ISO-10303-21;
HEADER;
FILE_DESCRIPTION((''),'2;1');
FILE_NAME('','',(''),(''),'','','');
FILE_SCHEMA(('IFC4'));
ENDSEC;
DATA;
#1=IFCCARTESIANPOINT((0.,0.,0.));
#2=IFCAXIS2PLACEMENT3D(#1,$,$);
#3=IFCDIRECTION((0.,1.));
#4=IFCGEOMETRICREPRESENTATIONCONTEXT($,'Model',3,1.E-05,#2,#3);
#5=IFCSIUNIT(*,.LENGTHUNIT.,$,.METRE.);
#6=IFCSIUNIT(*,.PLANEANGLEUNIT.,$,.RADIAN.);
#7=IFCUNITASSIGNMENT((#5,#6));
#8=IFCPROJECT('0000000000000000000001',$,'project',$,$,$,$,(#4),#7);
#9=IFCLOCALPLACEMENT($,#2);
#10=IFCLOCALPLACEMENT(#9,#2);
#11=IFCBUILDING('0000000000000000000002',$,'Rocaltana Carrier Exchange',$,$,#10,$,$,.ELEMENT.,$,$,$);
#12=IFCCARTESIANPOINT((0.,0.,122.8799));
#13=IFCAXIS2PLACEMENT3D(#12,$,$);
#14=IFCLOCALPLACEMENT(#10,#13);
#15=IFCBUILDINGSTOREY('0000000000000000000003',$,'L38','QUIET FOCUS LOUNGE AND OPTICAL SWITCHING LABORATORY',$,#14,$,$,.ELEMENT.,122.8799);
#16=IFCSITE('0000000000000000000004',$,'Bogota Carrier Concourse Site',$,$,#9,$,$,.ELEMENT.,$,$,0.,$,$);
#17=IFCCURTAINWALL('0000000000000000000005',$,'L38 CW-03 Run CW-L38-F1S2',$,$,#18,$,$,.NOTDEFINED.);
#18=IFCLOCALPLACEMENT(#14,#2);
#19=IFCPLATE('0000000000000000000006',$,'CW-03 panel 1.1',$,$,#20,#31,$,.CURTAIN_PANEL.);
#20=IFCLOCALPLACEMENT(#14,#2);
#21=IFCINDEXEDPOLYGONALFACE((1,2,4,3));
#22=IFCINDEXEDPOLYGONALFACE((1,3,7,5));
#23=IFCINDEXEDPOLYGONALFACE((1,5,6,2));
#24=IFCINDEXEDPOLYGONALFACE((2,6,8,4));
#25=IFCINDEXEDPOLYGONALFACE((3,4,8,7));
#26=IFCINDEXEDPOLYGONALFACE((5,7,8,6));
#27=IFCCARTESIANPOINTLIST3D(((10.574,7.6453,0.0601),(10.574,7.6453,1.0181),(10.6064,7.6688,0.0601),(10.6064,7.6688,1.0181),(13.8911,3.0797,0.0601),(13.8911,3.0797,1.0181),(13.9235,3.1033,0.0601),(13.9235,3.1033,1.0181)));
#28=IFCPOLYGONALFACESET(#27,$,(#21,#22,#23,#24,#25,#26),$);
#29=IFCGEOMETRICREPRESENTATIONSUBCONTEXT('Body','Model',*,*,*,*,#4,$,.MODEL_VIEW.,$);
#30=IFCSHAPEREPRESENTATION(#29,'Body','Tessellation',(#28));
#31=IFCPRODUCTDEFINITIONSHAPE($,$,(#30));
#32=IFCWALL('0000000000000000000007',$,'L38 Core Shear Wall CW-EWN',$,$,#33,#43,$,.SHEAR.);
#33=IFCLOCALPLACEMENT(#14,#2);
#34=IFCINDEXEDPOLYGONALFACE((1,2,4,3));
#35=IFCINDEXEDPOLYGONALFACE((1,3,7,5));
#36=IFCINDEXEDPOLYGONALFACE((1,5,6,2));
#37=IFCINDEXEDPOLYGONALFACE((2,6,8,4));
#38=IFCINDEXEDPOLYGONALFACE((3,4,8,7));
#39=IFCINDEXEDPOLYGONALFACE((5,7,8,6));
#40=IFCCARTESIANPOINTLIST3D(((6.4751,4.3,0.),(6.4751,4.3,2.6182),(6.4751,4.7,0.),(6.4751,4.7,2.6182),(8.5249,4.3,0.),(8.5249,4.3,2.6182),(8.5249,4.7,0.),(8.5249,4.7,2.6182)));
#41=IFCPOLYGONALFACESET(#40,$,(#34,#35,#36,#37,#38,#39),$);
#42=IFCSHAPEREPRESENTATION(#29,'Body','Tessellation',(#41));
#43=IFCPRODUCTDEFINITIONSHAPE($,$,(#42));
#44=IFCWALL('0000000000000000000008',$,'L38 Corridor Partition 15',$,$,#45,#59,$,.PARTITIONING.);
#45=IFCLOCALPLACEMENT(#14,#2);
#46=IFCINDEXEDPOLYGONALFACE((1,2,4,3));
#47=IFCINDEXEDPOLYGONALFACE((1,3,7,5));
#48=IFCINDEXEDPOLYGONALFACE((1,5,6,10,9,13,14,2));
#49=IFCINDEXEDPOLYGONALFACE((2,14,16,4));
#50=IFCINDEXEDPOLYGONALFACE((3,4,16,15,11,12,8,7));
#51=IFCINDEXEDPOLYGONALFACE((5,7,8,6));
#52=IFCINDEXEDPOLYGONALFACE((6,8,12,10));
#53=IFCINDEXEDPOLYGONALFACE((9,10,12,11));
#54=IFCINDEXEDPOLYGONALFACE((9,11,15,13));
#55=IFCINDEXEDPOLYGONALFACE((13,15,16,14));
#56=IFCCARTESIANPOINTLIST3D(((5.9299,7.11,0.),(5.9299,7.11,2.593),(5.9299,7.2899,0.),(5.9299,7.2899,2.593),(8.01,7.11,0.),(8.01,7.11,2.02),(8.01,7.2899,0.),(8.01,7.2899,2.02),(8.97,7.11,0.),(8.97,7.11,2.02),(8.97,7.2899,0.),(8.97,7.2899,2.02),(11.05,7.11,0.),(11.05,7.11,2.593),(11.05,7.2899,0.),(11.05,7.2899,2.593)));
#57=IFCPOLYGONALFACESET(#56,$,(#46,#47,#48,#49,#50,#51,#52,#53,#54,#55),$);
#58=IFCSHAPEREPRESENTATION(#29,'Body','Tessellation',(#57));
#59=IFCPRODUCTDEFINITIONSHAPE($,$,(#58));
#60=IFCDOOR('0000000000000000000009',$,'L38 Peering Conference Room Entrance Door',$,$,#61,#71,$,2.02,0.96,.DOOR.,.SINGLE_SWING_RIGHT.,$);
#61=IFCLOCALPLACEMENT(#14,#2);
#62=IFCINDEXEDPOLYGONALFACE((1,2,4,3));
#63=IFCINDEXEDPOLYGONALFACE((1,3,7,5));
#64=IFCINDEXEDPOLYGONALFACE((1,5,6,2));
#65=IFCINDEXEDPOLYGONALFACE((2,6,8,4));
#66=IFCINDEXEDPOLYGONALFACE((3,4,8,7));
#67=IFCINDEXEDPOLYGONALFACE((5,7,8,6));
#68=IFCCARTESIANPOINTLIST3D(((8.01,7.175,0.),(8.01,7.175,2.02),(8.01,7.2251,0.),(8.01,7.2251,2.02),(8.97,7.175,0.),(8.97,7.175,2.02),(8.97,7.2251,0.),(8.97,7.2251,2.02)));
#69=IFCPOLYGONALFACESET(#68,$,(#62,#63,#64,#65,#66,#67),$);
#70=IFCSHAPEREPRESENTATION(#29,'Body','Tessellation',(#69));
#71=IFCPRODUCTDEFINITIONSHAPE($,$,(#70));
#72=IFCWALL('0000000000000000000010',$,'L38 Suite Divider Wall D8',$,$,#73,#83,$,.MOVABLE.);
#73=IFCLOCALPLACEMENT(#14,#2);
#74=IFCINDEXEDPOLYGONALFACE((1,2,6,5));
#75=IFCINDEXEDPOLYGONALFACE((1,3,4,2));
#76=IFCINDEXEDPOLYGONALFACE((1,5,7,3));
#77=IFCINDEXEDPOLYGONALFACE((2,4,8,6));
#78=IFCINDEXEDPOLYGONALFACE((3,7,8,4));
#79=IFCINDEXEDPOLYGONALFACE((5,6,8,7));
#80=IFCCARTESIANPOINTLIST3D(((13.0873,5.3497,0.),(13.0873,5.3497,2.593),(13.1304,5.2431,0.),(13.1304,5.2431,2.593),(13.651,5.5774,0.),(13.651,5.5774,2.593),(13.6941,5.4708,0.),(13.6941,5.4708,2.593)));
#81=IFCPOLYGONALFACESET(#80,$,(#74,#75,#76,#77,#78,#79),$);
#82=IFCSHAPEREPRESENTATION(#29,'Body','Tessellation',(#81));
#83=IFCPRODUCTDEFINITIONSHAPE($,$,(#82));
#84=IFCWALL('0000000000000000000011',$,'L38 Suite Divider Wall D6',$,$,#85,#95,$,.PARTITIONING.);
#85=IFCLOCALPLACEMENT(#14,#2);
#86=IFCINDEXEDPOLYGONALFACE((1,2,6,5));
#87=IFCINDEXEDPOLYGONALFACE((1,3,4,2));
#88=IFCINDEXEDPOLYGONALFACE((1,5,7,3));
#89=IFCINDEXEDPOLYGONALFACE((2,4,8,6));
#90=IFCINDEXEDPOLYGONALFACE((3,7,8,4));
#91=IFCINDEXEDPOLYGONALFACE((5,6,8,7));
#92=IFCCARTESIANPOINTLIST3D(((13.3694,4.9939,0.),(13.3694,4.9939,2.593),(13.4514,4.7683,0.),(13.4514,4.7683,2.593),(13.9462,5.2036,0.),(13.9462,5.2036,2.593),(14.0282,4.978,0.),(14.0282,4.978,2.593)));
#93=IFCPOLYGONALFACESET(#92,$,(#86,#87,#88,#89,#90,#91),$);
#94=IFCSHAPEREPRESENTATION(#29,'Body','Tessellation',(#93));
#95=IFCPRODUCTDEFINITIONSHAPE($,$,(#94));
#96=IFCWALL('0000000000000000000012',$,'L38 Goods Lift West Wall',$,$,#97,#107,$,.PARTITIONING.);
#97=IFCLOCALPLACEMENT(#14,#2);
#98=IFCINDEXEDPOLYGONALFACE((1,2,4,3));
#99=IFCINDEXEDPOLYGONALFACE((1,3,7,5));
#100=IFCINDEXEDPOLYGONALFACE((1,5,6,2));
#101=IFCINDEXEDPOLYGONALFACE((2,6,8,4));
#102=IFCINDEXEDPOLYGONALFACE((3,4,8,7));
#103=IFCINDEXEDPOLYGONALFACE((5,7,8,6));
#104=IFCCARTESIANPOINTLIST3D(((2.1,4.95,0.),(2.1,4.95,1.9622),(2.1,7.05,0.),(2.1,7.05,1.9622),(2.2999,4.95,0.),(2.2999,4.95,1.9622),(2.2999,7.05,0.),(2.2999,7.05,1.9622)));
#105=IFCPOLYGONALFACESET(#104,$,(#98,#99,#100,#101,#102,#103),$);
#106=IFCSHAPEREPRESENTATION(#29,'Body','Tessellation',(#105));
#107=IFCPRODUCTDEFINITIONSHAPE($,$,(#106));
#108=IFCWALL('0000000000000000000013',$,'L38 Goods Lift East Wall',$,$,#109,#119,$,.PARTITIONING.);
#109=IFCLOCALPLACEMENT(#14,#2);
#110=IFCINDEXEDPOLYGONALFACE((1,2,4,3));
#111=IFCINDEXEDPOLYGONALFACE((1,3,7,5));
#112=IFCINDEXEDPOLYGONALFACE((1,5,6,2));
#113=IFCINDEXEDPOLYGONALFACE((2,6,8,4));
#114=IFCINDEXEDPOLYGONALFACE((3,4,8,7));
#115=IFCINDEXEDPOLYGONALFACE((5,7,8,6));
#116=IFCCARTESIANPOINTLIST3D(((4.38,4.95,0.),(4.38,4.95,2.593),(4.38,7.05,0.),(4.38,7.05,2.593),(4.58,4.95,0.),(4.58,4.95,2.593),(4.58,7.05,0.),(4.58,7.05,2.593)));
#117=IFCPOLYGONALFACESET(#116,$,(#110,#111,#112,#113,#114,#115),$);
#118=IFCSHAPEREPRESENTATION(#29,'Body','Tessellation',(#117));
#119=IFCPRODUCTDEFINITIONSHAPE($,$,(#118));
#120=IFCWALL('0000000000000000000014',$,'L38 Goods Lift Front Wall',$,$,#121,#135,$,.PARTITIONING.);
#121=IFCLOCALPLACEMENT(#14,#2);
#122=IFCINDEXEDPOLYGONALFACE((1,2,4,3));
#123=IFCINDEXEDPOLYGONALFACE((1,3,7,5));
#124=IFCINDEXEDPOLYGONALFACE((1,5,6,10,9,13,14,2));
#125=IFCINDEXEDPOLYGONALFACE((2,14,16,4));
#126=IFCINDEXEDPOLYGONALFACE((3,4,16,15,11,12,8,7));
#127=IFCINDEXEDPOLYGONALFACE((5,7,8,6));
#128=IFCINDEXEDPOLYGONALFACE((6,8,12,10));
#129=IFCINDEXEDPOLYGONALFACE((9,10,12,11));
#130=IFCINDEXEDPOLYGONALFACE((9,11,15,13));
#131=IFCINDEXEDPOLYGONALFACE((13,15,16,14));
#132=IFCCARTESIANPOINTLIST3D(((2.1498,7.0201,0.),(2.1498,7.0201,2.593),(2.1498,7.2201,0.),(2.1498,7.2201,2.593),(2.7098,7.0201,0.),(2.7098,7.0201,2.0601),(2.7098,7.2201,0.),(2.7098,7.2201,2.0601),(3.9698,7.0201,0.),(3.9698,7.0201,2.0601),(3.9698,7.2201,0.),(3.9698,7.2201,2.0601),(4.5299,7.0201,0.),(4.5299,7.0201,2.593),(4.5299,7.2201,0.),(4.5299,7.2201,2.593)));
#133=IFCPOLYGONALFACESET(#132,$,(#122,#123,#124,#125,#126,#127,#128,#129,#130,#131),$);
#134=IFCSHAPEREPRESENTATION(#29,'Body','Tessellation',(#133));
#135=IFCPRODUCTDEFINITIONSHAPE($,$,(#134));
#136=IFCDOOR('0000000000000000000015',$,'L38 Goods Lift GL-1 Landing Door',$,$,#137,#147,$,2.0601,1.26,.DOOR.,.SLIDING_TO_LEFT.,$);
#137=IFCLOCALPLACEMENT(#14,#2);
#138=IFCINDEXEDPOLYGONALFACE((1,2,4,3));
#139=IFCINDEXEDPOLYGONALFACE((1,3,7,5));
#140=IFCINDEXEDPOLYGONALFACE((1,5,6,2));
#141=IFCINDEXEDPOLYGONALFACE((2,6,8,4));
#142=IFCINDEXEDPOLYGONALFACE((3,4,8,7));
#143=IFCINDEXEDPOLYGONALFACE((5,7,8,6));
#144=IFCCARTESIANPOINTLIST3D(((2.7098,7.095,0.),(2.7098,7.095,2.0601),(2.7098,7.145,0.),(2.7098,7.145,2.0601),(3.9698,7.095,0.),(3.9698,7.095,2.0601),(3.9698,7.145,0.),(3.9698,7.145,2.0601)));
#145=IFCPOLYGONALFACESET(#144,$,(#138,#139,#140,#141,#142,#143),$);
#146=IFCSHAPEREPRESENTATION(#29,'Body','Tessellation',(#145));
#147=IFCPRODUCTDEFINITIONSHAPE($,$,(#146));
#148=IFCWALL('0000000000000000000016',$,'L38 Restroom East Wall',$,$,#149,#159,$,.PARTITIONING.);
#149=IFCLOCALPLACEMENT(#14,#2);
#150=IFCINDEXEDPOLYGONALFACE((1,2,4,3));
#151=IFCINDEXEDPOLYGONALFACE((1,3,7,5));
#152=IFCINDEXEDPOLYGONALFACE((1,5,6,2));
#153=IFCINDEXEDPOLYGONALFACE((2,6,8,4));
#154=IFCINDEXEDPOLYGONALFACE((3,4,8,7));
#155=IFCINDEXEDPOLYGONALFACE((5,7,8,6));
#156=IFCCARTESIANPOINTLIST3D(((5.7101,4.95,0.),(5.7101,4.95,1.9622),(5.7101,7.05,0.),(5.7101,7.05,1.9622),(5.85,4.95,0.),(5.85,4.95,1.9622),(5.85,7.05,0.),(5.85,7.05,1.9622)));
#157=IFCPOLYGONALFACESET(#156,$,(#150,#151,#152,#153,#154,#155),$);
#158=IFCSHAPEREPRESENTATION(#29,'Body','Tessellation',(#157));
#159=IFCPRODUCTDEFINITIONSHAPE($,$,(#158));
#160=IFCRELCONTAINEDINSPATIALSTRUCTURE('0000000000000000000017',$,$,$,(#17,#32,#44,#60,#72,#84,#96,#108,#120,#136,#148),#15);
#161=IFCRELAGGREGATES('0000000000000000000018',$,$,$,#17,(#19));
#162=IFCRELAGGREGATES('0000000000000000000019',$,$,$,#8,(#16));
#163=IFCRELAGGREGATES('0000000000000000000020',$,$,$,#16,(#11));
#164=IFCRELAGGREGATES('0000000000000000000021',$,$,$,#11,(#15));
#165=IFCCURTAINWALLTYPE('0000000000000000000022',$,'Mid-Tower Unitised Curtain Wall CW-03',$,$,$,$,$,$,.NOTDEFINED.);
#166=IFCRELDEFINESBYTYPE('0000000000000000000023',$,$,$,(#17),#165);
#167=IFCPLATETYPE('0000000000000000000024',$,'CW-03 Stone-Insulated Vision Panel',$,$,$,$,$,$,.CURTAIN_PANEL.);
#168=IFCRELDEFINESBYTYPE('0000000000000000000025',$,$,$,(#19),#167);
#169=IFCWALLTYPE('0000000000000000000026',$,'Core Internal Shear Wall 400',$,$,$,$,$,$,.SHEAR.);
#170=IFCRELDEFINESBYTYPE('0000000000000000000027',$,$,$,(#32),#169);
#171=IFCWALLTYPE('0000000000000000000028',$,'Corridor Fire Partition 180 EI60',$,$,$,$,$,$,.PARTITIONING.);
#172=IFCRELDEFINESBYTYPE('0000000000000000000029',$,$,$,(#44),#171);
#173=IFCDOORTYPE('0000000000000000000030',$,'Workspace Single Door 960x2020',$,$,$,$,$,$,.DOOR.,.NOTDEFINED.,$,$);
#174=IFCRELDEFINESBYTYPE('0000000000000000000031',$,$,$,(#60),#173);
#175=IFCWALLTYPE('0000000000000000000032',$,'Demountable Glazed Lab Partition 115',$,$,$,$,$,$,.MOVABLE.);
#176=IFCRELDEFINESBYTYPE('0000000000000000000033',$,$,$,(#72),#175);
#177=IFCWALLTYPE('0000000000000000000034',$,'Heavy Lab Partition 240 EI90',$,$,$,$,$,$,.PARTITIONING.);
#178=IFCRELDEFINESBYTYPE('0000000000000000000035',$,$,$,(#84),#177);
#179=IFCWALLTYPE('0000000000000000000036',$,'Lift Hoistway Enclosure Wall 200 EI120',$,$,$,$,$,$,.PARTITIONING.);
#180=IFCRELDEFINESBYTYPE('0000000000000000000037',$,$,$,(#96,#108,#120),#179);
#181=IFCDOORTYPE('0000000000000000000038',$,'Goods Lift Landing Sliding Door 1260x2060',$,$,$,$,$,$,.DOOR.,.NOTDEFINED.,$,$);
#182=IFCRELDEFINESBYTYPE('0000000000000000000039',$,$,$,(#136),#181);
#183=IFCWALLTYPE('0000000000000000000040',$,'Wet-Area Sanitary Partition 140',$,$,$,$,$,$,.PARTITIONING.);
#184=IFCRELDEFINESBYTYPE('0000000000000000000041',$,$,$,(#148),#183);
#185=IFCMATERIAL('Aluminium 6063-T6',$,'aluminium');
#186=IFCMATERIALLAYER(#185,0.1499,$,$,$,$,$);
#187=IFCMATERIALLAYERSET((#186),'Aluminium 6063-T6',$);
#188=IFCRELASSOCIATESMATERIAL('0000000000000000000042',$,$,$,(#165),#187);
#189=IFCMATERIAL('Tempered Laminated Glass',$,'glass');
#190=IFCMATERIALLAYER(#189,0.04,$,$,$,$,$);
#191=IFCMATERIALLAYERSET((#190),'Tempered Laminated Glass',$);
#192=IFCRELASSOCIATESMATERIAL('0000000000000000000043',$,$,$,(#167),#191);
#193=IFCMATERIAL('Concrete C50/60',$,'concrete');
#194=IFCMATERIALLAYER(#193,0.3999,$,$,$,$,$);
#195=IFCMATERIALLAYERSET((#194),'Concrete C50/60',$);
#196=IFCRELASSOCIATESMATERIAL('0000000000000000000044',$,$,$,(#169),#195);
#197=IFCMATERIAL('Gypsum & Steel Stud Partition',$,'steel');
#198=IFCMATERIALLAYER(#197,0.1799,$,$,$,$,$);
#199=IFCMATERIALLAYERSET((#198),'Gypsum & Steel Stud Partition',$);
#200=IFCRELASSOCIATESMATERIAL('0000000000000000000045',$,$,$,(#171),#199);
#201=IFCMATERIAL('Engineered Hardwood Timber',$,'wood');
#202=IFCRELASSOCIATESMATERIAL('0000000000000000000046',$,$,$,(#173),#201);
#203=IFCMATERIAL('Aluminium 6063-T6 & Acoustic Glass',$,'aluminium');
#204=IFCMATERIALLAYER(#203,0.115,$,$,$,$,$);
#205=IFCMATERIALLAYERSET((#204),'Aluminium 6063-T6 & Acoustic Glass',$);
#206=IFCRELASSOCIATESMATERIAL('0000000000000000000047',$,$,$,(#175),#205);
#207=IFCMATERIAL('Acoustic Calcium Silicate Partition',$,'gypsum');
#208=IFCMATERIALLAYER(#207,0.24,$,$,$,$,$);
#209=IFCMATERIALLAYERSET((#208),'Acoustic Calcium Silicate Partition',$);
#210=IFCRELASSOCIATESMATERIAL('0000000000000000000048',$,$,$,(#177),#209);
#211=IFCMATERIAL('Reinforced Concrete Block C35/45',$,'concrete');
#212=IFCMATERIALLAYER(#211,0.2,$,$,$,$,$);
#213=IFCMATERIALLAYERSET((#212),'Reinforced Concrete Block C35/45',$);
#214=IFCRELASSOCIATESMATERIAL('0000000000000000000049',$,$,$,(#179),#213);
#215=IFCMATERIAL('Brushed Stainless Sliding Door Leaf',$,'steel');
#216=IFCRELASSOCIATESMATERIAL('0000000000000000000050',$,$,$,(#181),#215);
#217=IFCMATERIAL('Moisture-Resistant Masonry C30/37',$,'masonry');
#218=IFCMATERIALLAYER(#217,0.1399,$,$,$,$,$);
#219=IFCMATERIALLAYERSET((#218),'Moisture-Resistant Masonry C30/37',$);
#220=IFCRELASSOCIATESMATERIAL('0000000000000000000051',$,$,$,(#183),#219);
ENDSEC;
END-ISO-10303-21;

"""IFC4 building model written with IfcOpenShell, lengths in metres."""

from ifc_helpers import new_model, si_unit, direction, frame, frame_2d, origin, origin_2d, place, context, subcontext, project, spatial, rectangle, extrude, material, layer, layer_set, type_object, element, fill, aggregate, save


model = new_model("IFC4")

# Units and contexts
model_context = context("Model", 3, precision=1e-05, world=origin(), true_north=direction((0.0, 1.0)))
body_context = subcontext(model_context, "Body", "Model", "MODEL_VIEW")
ifc_project = project(units=[si_unit("LENGTHUNIT", "METRE"), si_unit("PLANEANGLEUNIT", "RADIAN")], contexts=[model_context])

# Site, building, storey
site_placement = place(None, origin())
site = spatial("IfcSite", under=ifc_project, at=site_placement, Name="Bogota Carrier Concourse Site", CompositionType="ELEMENT", RefElevation=0.0)
building_placement = place(site_placement, origin())
building = spatial("IfcBuilding", under=site, at=building_placement, Name="Rocaltana Carrier Exchange", CompositionType="ELEMENT")
storey_placement = place(building_placement, frame((0.0, 0.0, 122.8799)))
storey = spatial("IfcBuildingStorey", under=building, at=storey_placement, Name="L38", Description="QUIET FOCUS LOUNGE AND OPTICAL SWITCHING LABORATORY", CompositionType="ELEMENT", Elevation=122.8799)

# Curtain wall
ifc_material_1 = material(Name="Aluminium 6063-T6", Category="aluminium")
ifc_layer_1 = layer(ifc_material_1, 0.1499)
ifc_layer_set_1 = layer_set([ifc_layer_1], Name="Aluminium 6063-T6")
curtain_wall_type = type_object("IfcCurtainWallType", Name="Mid-Tower Unitised Curtain Wall CW-03", PredefinedType="NOTDEFINED", material=ifc_layer_set_1)
curtain_wall_placement = place(storey_placement, origin())
curtain_wall = element("IfcCurtainWall", 1, at=curtain_wall_placement, inside=storey, type_object=curtain_wall_type, Name="L38 CW-03 Run CW-L38-F1S2", PredefinedType="NOTDEFINED")

# Plate
ifc_material_2 = material(Name="Tempered Laminated Glass", Category="glass")
ifc_layer_2 = layer(ifc_material_2, 0.04)
ifc_layer_set_2 = layer_set([ifc_layer_2], Name="Tempered Laminated Glass")
plate_type = type_object("IfcPlateType", Name="CW-03 Stone-Insulated Vision Panel", PredefinedType="CURTAIN_PANEL", material=ifc_layer_set_2)
plate_placement = place(storey_placement, frame((12.2488, 5.3743, 0.0601), z_axis=(0.0, 0.0, 1.0), x_axis=(-0.58779, 0.809014, 0.0)))
plate = element("IfcPlate", 2, at=plate_placement, type_object=plate_type, Name="CW-03 panel 1.1", PredefinedType="CURTAIN_PANEL", context=body_context, shape_type="SweptSolid", body=[
    extrude(rectangle(XDim=5.6433, YDim=0.04, at=origin_2d()), origin(), (0.0, 0.0, 1.0), 0.958),
])
aggregate(curtain_wall, [plate])

# Wall
ifc_material_3 = material(Name="Concrete C50/60", Category="concrete")
ifc_layer_3 = layer(ifc_material_3, 0.3999)
ifc_layer_set_3 = layer_set([ifc_layer_3], Name="Concrete C50/60")
wall_type_1 = type_object("IfcWallType", Name="Core Internal Shear Wall 400", PredefinedType="SHEAR", material=ifc_layer_set_3)
wall_1_placement = place(storey_placement, frame((6.4751, 4.5, 0.0), z_axis=(0.0, 0.0, 1.0), x_axis=(1.0, 0.0, 0.0)))
element("IfcWall", 3, at=wall_1_placement, inside=storey, type_object=wall_type_1, Name="L38 Core Shear Wall CW-EWN", PredefinedType="SHEAR", context=body_context, shape_type="SweptSolid", body=[
    extrude(rectangle(XDim=2.0498, YDim=0.3999, at=frame_2d((1.0249, 0.0))), origin(), (0.0, 0.0, 1.0), 2.6182),
])

# Wall, opening, door
ifc_material_4 = material(Name="Gypsum & Steel Stud Partition", Category="steel")
ifc_layer_4 = layer(ifc_material_4, 0.1799)
ifc_layer_set_4 = layer_set([ifc_layer_4], Name="Gypsum & Steel Stud Partition")
wall_type_2 = type_object("IfcWallType", Name="Corridor Fire Partition 180 EI60", PredefinedType="PARTITIONING", material=ifc_layer_set_4)
wall_2_placement = place(storey_placement, frame((11.05, 7.2, 0.0), z_axis=(0.0, 0.0, 1.0), x_axis=(-1.0, 0.0, 0.0)))
wall_2 = element("IfcWall", 4, at=wall_2_placement, inside=storey, type_object=wall_type_2, Name="L38 Corridor Partition 15", PredefinedType="PARTITIONING", context=body_context, shape_type="SweptSolid", body=[
    extrude(rectangle(XDim=5.1201, YDim=0.1799, at=frame_2d((2.5601, 0.0))), origin(), (0.0, 0.0, 1.0), 2.593),
])
opening_1_placement = place(wall_2_placement, frame((2.0801, 0.0, 0.0)))
opening_1 = element("IfcOpeningElement", 5, at=opening_1_placement, cuts=wall_2, PredefinedType="OPENING", context=body_context, shape_type="SweptSolid", body=[
    extrude(rectangle(XDim=0.96, YDim=2.02, at=frame_2d((0.48, 1.01))), frame((0.0, 0.0999, 0.0), z_axis=(0.0, -1.0, 0.0), x_axis=(1.0, 0.0, 0.0)), (0.0, 0.0, 1.0), 0.2),
])
ifc_material_5 = material(Name="Engineered Hardwood Timber", Category="wood")
door_type_1 = type_object("IfcDoorType", Name="Workspace Single Door 960x2020", OperationType="NOTDEFINED", PredefinedType="DOOR", material=ifc_material_5)
door_1_placement = place(opening_1_placement, origin())
door_1 = element("IfcDoor", 6, at=door_1_placement, inside=storey, type_object=door_type_1, Name="L38 Peering Conference Room Entrance Door", OperationType="SINGLE_SWING_RIGHT", OverallHeight=2.02, OverallWidth=0.96, PredefinedType="DOOR", context=body_context, shape_type="SweptSolid", body=[
    extrude(rectangle(XDim=0.96, YDim=2.02, at=frame_2d((0.48, 1.01))), frame((0.0, 0.0249, 0.0), z_axis=(0.0, -1.0, 0.0), x_axis=(1.0, 0.0, 0.0)), (0.0, 0.0, 1.0), 0.05),
])
fill(opening_1, door_1)

# Walls
ifc_material_6 = material(Name="Aluminium 6063-T6 & Acoustic Glass", Category="aluminium")
ifc_layer_5 = layer(ifc_material_6, 0.115)
ifc_layer_set_5 = layer_set([ifc_layer_5], Name="Aluminium 6063-T6 & Acoustic Glass")
wall_type_3 = type_object("IfcWallType", Name="Demountable Glazed Lab Partition 115", PredefinedType="MOVABLE", material=ifc_layer_set_5)
wall_3_placement = place(storey_placement, frame((13.1089, 5.2964, 0.0), z_axis=(0.0, 0.0, 1.0), x_axis=(0.927169, 0.374642, 0.0)))
element("IfcWall", 7, at=wall_3_placement, inside=storey, type_object=wall_type_3, Name="L38 Suite Divider Wall D8", PredefinedType="MOVABLE", context=body_context, shape_type="SweptSolid", body=[
    extrude(rectangle(XDim=0.6079, YDim=0.115, at=frame_2d((0.304, 0.0))), origin(), (0.0, 0.0, 1.0), 2.593),
])
ifc_material_7 = material(Name="Acoustic Calcium Silicate Partition", Category="gypsum")
ifc_layer_6 = layer(ifc_material_7, 0.24)
ifc_layer_set_6 = layer_set([ifc_layer_6], Name="Acoustic Calcium Silicate Partition")
wall_type_4 = type_object("IfcWallType", Name="Heavy Lab Partition 240 EI90", PredefinedType="PARTITIONING", material=ifc_layer_set_6)
wall_4_placement = place(storey_placement, frame((13.4104, 4.8811, 0.0), z_axis=(0.0, 0.0, 1.0), x_axis=(0.939828, 0.341647, 0.0)))
element("IfcWall", 8, at=wall_4_placement, inside=storey, type_object=wall_type_4, Name="L38 Suite Divider Wall D6", PredefinedType="PARTITIONING", context=body_context, shape_type="SweptSolid", body=[
    extrude(rectangle(XDim=0.6138, YDim=0.24, at=frame_2d((0.3069, 0.0))), origin(), (0.0, 0.0, 1.0), 2.593),
])
ifc_material_8 = material(Name="Reinforced Concrete Block C35/45", Category="concrete")
ifc_layer_7 = layer(ifc_material_8, 0.2)
ifc_layer_set_7 = layer_set([ifc_layer_7], Name="Reinforced Concrete Block C35/45")
wall_type_5 = type_object("IfcWallType", Name="Lift Hoistway Enclosure Wall 200 EI120", PredefinedType="PARTITIONING", material=ifc_layer_set_7)
wall_5_placement = place(storey_placement, frame((2.2, 4.95, 0.0), z_axis=(0.0, 0.0, 1.0), x_axis=(0.0, 1.0, 0.0)))
element("IfcWall", 9, at=wall_5_placement, inside=storey, type_object=wall_type_5, Name="L38 Goods Lift West Wall", PredefinedType="PARTITIONING", context=body_context, shape_type="SweptSolid", body=[
    extrude(rectangle(XDim=2.1001, YDim=0.2, at=frame_2d((1.05, 0.0))), origin(), (0.0, 0.0, 1.0), 1.9622),
])
wall_6_placement = place(storey_placement, frame((4.48, 4.95, 0.0), z_axis=(0.0, 0.0, 1.0), x_axis=(0.0, 1.0, 0.0)))
element("IfcWall", 10, at=wall_6_placement, inside=storey, type_object=wall_type_5, Name="L38 Goods Lift East Wall", PredefinedType="PARTITIONING", context=body_context, shape_type="SweptSolid", body=[
    extrude(rectangle(XDim=2.1001, YDim=0.2, at=frame_2d((1.05, 0.0))), origin(), (0.0, 0.0, 1.0), 2.593),
])

# Wall, opening, door
wall_7_placement = place(storey_placement, frame((2.1499, 7.1201, 0.0), z_axis=(0.0, 0.0, 1.0), x_axis=(1.0, 0.0, 0.0)))
wall_7 = element("IfcWall", 11, at=wall_7_placement, inside=storey, type_object=wall_type_5, Name="L38 Goods Lift Front Wall", PredefinedType="PARTITIONING", context=body_context, shape_type="SweptSolid", body=[
    extrude(rectangle(XDim=2.3801, YDim=0.2, at=frame_2d((1.1899, 0.0))), origin(), (0.0, 0.0, 1.0), 2.593),
])
opening_2_placement = place(wall_7_placement, frame((0.5601, 0.0, 0.0)))
opening_2 = element("IfcOpeningElement", 12, at=opening_2_placement, cuts=wall_7, PredefinedType="OPENING", context=body_context, shape_type="SweptSolid", body=[
    extrude(rectangle(XDim=1.26, YDim=2.0601, at=frame_2d((0.6299, 1.03))), frame((0.0, 0.1099, 0.0), z_axis=(0.0, -1.0, 0.0), x_axis=(1.0, 0.0, 0.0)), (0.0, 0.0, 1.0), 0.22),
])
ifc_material_9 = material(Name="Brushed Stainless Sliding Door Leaf", Category="steel")
door_type_2 = type_object("IfcDoorType", Name="Goods Lift Landing Sliding Door 1260x2060", OperationType="NOTDEFINED", PredefinedType="DOOR", material=ifc_material_9)
door_2_placement = place(opening_2_placement, origin())
door_2 = element("IfcDoor", 13, at=door_2_placement, inside=storey, type_object=door_type_2, Name="L38 Goods Lift GL-1 Landing Door", OperationType="SLIDING_TO_LEFT", OverallHeight=2.0601, OverallWidth=1.26, PredefinedType="DOOR", context=body_context, shape_type="SweptSolid", body=[
    extrude(rectangle(XDim=1.26, YDim=2.0601, at=frame_2d((0.6299, 1.03))), frame((0.0, 0.0249, 0.0), z_axis=(0.0, -1.0, 0.0), x_axis=(1.0, 0.0, 0.0)), (0.0, 0.0, 1.0), 0.05),
])
fill(opening_2, door_2)

# Wall
ifc_material_10 = material(Name="Moisture-Resistant Masonry C30/37", Category="masonry")
ifc_layer_8 = layer(ifc_material_10, 0.1399)
ifc_layer_set_8 = layer_set([ifc_layer_8], Name="Moisture-Resistant Masonry C30/37")
wall_type_6 = type_object("IfcWallType", Name="Wet-Area Sanitary Partition 140", PredefinedType="PARTITIONING", material=ifc_layer_set_8)
wall_8_placement = place(storey_placement, frame((5.78, 4.95, 0.0), z_axis=(0.0, 0.0, 1.0), x_axis=(0.0, 1.0, 0.0)))
element("IfcWall", 14, at=wall_8_placement, inside=storey, type_object=wall_type_6, Name="L38 Restroom East Wall", PredefinedType="PARTITIONING", context=body_context, shape_type="SweptSolid", body=[
    extrude(rectangle(XDim=2.1001, YDim=0.1399, at=frame_2d((1.05, 0.0))), origin(), (0.0, 0.0, 1.0), 1.9622),
])

save(model, "model.ifc")
